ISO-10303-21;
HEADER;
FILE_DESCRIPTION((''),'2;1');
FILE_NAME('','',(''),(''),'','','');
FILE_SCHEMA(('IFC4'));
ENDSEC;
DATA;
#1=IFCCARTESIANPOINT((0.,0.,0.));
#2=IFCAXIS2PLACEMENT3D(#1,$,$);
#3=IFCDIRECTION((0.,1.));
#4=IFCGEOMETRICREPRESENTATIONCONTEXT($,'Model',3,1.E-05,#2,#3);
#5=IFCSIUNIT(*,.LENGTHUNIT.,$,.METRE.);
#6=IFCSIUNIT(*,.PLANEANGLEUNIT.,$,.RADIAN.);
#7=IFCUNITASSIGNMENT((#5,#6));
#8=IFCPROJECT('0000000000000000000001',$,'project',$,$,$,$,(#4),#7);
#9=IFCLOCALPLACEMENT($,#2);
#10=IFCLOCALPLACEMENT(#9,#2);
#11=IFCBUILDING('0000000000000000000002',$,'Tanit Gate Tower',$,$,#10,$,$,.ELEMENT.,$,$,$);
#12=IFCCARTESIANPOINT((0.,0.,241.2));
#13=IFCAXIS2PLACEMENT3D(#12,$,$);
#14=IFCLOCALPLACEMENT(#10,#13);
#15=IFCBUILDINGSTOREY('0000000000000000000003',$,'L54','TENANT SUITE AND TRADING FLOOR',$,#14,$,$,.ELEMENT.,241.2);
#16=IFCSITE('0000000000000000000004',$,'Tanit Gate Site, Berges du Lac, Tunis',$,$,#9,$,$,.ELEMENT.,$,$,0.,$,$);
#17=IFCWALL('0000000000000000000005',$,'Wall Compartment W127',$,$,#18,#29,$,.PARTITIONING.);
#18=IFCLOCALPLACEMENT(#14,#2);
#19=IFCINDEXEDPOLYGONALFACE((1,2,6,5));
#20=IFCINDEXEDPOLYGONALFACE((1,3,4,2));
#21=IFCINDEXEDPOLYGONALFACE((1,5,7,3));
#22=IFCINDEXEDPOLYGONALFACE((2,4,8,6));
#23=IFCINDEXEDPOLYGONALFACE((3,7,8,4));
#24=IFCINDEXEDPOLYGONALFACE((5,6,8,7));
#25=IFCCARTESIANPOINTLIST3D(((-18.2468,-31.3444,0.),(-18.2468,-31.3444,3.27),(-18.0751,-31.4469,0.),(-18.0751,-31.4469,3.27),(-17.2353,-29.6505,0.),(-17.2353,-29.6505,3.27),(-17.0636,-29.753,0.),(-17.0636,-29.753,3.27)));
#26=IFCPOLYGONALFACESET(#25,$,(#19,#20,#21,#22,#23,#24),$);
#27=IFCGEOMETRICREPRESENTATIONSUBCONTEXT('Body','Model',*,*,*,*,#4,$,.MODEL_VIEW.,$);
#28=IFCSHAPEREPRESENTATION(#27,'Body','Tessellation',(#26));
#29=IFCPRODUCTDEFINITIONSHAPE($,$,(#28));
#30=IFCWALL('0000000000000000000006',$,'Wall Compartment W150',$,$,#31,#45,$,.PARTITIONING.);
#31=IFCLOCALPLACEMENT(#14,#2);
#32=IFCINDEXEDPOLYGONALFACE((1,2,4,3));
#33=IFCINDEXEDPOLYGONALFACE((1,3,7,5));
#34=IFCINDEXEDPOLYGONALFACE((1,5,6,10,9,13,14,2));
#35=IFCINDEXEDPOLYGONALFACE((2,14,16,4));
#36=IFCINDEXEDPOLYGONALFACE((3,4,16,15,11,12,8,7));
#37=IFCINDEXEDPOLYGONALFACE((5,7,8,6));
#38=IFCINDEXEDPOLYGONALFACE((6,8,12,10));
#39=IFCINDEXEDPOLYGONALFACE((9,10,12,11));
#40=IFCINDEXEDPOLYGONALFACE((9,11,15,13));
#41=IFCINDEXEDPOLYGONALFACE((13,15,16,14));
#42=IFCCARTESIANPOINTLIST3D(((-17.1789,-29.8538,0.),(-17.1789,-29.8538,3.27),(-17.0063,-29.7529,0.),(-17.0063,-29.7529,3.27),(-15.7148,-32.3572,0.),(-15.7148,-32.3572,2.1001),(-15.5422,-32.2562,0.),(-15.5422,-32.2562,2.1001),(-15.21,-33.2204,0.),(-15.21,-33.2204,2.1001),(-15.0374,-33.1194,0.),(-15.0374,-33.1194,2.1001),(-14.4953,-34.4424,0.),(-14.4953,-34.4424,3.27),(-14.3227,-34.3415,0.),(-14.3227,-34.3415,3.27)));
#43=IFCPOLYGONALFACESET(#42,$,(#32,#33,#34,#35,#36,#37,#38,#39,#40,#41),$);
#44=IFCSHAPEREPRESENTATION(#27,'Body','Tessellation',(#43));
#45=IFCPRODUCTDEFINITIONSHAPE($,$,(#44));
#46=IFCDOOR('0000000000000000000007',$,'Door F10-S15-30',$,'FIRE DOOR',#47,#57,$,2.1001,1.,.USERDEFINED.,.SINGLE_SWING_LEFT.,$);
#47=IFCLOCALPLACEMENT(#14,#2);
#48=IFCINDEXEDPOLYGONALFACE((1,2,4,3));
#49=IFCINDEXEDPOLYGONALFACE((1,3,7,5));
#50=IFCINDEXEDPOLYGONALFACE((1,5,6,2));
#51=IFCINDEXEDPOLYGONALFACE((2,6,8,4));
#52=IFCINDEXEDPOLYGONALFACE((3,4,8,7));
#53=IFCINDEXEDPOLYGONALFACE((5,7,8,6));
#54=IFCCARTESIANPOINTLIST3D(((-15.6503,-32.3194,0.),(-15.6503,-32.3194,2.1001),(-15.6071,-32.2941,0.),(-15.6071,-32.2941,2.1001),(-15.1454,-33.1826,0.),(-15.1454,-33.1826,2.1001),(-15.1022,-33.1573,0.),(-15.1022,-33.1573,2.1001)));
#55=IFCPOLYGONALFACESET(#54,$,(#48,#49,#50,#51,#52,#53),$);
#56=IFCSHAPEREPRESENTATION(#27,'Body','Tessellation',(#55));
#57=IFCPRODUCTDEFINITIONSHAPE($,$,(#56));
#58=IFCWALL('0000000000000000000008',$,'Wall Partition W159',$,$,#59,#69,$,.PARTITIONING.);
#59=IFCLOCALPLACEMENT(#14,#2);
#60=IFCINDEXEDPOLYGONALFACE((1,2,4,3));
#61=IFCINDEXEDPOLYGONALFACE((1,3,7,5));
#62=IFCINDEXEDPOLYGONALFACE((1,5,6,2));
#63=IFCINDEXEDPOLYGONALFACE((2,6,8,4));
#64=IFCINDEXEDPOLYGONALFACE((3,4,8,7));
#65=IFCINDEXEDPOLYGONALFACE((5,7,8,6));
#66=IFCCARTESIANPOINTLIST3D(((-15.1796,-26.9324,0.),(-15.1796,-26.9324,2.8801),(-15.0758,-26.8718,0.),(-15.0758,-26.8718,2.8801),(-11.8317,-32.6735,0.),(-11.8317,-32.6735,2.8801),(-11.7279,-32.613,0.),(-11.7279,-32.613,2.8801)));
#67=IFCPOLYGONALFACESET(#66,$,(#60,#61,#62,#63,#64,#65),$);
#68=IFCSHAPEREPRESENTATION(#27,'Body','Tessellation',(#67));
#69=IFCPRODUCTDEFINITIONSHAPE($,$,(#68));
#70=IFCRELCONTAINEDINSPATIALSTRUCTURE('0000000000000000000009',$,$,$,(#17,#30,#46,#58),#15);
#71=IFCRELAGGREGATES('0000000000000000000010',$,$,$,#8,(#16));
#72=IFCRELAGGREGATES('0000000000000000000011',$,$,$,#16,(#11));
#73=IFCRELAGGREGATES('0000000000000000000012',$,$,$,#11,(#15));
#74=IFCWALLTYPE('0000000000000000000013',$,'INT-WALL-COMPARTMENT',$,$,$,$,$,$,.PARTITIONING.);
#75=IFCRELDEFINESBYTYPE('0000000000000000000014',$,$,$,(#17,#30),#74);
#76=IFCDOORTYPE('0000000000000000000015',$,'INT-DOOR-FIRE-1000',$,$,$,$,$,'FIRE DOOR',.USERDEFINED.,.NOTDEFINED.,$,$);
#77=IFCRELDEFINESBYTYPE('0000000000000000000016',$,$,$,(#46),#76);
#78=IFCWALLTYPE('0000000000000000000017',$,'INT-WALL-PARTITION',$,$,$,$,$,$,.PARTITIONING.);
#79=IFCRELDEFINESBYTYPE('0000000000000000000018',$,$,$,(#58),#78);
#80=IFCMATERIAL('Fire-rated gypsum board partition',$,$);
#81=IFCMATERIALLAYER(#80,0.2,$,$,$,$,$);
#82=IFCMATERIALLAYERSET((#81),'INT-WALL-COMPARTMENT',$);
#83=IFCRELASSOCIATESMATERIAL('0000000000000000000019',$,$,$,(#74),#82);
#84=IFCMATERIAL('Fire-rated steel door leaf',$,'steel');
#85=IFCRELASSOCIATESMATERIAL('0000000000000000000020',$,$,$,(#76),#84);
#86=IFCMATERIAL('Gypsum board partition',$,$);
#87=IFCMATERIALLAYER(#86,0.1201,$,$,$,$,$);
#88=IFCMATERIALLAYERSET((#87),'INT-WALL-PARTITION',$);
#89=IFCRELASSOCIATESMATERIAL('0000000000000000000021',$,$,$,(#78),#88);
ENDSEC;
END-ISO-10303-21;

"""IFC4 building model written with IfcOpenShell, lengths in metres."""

from ifc_helpers import new_model, si_unit, direction, frame, frame_2d, origin, place, context, subcontext, project, spatial, rectangle, extrude, material, layer, layer_set, type_object, element, fill, save


model = new_model("IFC4")

# Units and contexts
model_context = context("Model", 3, precision=1e-05, world=origin(), true_north=direction((0.0, 1.0)))
body_context = subcontext(model_context, "Body", "Model", "MODEL_VIEW")
ifc_project = project(units=[si_unit("LENGTHUNIT", "METRE"), si_unit("PLANEANGLEUNIT", "RADIAN")], contexts=[model_context])

# Site, building, storey
site_placement = place(None, origin())
site = spatial("IfcSite", under=ifc_project, at=site_placement, Name="Tanit Gate Site, Berges du Lac, Tunis", CompositionType="ELEMENT", RefElevation=0.0)
building_placement = place(site_placement, origin())
building = spatial("IfcBuilding", under=site, at=building_placement, Name="Tanit Gate Tower", CompositionType="ELEMENT")
storey_placement = place(building_placement, frame((0.0, 0.0, 241.2)))
storey = spatial("IfcBuildingStorey", under=building, at=storey_placement, Name="L54", Description="TENANT SUITE AND TRADING FLOOR", CompositionType="ELEMENT", Elevation=241.2)

# Wall
ifc_material_1 = material(Name="Fire-rated gypsum board partition")
ifc_layer_1 = layer(ifc_material_1, 0.2)
ifc_layer_set_1 = layer_set([ifc_layer_1], Name="INT-WALL-COMPARTMENT")
wall_type_1 = type_object("IfcWallType", Name="INT-WALL-COMPARTMENT", PredefinedType="PARTITIONING", material=ifc_layer_set_1)
wall_1_placement = place(storey_placement, frame((-18.1609, -31.3955, 0.0), z_axis=(0.0, 0.0, 1.0), x_axis=(0.512693, 0.858572, 0.0)))
element("IfcWall", 1, at=wall_1_placement, inside=storey, type_object=wall_type_1, Name="Wall Compartment W127", PredefinedType="PARTITIONING", context=body_context, shape_type="SweptSolid", body=[
    extrude(rectangle(XDim=1.9729, YDim=0.2, at=frame_2d((0.9863, 0.0))), origin(), (0.0, 0.0, 1.0), 3.27),
])

# Wall, opening, door
wall_2_placement = place(storey_placement, frame((-17.0925, -29.8035, 0.0), z_axis=(0.0, 0.0, 1.0), x_axis=(0.504839, -0.863214, 0.0)))
wall_2 = element("IfcWall", 2, at=wall_2_placement, inside=storey, type_object=wall_type_1, Name="Wall Compartment W150", PredefinedType="PARTITIONING", context=body_context, shape_type="SweptSolid", body=[
    extrude(rectangle(XDim=5.3157, YDim=0.2, at=frame_2d((2.6577, 0.0))), origin(), (0.0, 0.0, 1.0), 3.27),
])
opening_placement = place(wall_2_placement, frame((2.8999, 0.0, 0.0)))
opening = element("IfcOpeningElement", 3, at=opening_placement, cuts=wall_2, PredefinedType="OPENING", context=body_context, shape_type="SweptSolid", body=[
    extrude(rectangle(XDim=1.0, YDim=2.1001, at=frame_2d((0.5, 1.05))), frame((0.0, 0.1099, 0.0), z_axis=(0.0, -1.0, 0.0), x_axis=(1.0, 0.0, 0.0)), (0.0, 0.0, 1.0), 0.22),
])
ifc_material_2 = material(Name="Fire-rated steel door leaf", Category="steel")
door_type = type_object("IfcDoorType", Name="INT-DOOR-FIRE-1000", ElementType="FIRE DOOR", OperationType="NOTDEFINED", PredefinedType="USERDEFINED", material=ifc_material_2)
door_placement = place(opening_placement, origin())
door = element("IfcDoor", 4, at=door_placement, inside=storey, type_object=door_type, Name="Door F10-S15-30", ObjectType="FIRE DOOR", OperationType="SINGLE_SWING_LEFT", OverallHeight=2.1001, OverallWidth=1.0, PredefinedType="USERDEFINED", context=body_context, shape_type="SweptSolid", body=[
    extrude(rectangle(XDim=1.0, YDim=2.1001, at=frame_2d((0.5, 1.05))), frame((0.0, 0.0249, 0.0), z_axis=(0.0, -1.0, 0.0), x_axis=(1.0, 0.0, 0.0)), (0.0, 0.0, 1.0), 0.05),
])
fill(opening, door)

# Wall
ifc_material_3 = material(Name="Gypsum board partition")
ifc_layer_2 = layer(ifc_material_3, 0.1201)
ifc_layer_set_2 = layer_set([ifc_layer_2], Name="INT-WALL-PARTITION")
wall_type_2 = type_object("IfcWallType", Name="INT-WALL-PARTITION", PredefinedType="PARTITIONING", material=ifc_layer_set_2)
wall_3_placement = place(storey_placement, frame((-15.1277, -26.9021, 0.0), z_axis=(0.0, 0.0, 1.0), x_axis=(0.503743, -0.863854, 0.0)))
element("IfcWall", 5, at=wall_3_placement, inside=storey, type_object=wall_type_2, Name="Wall Partition W159", PredefinedType="PARTITIONING", context=body_context, shape_type="SweptSolid", body=[
    extrude(rectangle(XDim=6.646, YDim=0.1201, at=frame_2d((3.323, 0.0))), origin(), (0.0, 0.0, 1.0), 2.8801),
])

save(model, "model.ifc")
